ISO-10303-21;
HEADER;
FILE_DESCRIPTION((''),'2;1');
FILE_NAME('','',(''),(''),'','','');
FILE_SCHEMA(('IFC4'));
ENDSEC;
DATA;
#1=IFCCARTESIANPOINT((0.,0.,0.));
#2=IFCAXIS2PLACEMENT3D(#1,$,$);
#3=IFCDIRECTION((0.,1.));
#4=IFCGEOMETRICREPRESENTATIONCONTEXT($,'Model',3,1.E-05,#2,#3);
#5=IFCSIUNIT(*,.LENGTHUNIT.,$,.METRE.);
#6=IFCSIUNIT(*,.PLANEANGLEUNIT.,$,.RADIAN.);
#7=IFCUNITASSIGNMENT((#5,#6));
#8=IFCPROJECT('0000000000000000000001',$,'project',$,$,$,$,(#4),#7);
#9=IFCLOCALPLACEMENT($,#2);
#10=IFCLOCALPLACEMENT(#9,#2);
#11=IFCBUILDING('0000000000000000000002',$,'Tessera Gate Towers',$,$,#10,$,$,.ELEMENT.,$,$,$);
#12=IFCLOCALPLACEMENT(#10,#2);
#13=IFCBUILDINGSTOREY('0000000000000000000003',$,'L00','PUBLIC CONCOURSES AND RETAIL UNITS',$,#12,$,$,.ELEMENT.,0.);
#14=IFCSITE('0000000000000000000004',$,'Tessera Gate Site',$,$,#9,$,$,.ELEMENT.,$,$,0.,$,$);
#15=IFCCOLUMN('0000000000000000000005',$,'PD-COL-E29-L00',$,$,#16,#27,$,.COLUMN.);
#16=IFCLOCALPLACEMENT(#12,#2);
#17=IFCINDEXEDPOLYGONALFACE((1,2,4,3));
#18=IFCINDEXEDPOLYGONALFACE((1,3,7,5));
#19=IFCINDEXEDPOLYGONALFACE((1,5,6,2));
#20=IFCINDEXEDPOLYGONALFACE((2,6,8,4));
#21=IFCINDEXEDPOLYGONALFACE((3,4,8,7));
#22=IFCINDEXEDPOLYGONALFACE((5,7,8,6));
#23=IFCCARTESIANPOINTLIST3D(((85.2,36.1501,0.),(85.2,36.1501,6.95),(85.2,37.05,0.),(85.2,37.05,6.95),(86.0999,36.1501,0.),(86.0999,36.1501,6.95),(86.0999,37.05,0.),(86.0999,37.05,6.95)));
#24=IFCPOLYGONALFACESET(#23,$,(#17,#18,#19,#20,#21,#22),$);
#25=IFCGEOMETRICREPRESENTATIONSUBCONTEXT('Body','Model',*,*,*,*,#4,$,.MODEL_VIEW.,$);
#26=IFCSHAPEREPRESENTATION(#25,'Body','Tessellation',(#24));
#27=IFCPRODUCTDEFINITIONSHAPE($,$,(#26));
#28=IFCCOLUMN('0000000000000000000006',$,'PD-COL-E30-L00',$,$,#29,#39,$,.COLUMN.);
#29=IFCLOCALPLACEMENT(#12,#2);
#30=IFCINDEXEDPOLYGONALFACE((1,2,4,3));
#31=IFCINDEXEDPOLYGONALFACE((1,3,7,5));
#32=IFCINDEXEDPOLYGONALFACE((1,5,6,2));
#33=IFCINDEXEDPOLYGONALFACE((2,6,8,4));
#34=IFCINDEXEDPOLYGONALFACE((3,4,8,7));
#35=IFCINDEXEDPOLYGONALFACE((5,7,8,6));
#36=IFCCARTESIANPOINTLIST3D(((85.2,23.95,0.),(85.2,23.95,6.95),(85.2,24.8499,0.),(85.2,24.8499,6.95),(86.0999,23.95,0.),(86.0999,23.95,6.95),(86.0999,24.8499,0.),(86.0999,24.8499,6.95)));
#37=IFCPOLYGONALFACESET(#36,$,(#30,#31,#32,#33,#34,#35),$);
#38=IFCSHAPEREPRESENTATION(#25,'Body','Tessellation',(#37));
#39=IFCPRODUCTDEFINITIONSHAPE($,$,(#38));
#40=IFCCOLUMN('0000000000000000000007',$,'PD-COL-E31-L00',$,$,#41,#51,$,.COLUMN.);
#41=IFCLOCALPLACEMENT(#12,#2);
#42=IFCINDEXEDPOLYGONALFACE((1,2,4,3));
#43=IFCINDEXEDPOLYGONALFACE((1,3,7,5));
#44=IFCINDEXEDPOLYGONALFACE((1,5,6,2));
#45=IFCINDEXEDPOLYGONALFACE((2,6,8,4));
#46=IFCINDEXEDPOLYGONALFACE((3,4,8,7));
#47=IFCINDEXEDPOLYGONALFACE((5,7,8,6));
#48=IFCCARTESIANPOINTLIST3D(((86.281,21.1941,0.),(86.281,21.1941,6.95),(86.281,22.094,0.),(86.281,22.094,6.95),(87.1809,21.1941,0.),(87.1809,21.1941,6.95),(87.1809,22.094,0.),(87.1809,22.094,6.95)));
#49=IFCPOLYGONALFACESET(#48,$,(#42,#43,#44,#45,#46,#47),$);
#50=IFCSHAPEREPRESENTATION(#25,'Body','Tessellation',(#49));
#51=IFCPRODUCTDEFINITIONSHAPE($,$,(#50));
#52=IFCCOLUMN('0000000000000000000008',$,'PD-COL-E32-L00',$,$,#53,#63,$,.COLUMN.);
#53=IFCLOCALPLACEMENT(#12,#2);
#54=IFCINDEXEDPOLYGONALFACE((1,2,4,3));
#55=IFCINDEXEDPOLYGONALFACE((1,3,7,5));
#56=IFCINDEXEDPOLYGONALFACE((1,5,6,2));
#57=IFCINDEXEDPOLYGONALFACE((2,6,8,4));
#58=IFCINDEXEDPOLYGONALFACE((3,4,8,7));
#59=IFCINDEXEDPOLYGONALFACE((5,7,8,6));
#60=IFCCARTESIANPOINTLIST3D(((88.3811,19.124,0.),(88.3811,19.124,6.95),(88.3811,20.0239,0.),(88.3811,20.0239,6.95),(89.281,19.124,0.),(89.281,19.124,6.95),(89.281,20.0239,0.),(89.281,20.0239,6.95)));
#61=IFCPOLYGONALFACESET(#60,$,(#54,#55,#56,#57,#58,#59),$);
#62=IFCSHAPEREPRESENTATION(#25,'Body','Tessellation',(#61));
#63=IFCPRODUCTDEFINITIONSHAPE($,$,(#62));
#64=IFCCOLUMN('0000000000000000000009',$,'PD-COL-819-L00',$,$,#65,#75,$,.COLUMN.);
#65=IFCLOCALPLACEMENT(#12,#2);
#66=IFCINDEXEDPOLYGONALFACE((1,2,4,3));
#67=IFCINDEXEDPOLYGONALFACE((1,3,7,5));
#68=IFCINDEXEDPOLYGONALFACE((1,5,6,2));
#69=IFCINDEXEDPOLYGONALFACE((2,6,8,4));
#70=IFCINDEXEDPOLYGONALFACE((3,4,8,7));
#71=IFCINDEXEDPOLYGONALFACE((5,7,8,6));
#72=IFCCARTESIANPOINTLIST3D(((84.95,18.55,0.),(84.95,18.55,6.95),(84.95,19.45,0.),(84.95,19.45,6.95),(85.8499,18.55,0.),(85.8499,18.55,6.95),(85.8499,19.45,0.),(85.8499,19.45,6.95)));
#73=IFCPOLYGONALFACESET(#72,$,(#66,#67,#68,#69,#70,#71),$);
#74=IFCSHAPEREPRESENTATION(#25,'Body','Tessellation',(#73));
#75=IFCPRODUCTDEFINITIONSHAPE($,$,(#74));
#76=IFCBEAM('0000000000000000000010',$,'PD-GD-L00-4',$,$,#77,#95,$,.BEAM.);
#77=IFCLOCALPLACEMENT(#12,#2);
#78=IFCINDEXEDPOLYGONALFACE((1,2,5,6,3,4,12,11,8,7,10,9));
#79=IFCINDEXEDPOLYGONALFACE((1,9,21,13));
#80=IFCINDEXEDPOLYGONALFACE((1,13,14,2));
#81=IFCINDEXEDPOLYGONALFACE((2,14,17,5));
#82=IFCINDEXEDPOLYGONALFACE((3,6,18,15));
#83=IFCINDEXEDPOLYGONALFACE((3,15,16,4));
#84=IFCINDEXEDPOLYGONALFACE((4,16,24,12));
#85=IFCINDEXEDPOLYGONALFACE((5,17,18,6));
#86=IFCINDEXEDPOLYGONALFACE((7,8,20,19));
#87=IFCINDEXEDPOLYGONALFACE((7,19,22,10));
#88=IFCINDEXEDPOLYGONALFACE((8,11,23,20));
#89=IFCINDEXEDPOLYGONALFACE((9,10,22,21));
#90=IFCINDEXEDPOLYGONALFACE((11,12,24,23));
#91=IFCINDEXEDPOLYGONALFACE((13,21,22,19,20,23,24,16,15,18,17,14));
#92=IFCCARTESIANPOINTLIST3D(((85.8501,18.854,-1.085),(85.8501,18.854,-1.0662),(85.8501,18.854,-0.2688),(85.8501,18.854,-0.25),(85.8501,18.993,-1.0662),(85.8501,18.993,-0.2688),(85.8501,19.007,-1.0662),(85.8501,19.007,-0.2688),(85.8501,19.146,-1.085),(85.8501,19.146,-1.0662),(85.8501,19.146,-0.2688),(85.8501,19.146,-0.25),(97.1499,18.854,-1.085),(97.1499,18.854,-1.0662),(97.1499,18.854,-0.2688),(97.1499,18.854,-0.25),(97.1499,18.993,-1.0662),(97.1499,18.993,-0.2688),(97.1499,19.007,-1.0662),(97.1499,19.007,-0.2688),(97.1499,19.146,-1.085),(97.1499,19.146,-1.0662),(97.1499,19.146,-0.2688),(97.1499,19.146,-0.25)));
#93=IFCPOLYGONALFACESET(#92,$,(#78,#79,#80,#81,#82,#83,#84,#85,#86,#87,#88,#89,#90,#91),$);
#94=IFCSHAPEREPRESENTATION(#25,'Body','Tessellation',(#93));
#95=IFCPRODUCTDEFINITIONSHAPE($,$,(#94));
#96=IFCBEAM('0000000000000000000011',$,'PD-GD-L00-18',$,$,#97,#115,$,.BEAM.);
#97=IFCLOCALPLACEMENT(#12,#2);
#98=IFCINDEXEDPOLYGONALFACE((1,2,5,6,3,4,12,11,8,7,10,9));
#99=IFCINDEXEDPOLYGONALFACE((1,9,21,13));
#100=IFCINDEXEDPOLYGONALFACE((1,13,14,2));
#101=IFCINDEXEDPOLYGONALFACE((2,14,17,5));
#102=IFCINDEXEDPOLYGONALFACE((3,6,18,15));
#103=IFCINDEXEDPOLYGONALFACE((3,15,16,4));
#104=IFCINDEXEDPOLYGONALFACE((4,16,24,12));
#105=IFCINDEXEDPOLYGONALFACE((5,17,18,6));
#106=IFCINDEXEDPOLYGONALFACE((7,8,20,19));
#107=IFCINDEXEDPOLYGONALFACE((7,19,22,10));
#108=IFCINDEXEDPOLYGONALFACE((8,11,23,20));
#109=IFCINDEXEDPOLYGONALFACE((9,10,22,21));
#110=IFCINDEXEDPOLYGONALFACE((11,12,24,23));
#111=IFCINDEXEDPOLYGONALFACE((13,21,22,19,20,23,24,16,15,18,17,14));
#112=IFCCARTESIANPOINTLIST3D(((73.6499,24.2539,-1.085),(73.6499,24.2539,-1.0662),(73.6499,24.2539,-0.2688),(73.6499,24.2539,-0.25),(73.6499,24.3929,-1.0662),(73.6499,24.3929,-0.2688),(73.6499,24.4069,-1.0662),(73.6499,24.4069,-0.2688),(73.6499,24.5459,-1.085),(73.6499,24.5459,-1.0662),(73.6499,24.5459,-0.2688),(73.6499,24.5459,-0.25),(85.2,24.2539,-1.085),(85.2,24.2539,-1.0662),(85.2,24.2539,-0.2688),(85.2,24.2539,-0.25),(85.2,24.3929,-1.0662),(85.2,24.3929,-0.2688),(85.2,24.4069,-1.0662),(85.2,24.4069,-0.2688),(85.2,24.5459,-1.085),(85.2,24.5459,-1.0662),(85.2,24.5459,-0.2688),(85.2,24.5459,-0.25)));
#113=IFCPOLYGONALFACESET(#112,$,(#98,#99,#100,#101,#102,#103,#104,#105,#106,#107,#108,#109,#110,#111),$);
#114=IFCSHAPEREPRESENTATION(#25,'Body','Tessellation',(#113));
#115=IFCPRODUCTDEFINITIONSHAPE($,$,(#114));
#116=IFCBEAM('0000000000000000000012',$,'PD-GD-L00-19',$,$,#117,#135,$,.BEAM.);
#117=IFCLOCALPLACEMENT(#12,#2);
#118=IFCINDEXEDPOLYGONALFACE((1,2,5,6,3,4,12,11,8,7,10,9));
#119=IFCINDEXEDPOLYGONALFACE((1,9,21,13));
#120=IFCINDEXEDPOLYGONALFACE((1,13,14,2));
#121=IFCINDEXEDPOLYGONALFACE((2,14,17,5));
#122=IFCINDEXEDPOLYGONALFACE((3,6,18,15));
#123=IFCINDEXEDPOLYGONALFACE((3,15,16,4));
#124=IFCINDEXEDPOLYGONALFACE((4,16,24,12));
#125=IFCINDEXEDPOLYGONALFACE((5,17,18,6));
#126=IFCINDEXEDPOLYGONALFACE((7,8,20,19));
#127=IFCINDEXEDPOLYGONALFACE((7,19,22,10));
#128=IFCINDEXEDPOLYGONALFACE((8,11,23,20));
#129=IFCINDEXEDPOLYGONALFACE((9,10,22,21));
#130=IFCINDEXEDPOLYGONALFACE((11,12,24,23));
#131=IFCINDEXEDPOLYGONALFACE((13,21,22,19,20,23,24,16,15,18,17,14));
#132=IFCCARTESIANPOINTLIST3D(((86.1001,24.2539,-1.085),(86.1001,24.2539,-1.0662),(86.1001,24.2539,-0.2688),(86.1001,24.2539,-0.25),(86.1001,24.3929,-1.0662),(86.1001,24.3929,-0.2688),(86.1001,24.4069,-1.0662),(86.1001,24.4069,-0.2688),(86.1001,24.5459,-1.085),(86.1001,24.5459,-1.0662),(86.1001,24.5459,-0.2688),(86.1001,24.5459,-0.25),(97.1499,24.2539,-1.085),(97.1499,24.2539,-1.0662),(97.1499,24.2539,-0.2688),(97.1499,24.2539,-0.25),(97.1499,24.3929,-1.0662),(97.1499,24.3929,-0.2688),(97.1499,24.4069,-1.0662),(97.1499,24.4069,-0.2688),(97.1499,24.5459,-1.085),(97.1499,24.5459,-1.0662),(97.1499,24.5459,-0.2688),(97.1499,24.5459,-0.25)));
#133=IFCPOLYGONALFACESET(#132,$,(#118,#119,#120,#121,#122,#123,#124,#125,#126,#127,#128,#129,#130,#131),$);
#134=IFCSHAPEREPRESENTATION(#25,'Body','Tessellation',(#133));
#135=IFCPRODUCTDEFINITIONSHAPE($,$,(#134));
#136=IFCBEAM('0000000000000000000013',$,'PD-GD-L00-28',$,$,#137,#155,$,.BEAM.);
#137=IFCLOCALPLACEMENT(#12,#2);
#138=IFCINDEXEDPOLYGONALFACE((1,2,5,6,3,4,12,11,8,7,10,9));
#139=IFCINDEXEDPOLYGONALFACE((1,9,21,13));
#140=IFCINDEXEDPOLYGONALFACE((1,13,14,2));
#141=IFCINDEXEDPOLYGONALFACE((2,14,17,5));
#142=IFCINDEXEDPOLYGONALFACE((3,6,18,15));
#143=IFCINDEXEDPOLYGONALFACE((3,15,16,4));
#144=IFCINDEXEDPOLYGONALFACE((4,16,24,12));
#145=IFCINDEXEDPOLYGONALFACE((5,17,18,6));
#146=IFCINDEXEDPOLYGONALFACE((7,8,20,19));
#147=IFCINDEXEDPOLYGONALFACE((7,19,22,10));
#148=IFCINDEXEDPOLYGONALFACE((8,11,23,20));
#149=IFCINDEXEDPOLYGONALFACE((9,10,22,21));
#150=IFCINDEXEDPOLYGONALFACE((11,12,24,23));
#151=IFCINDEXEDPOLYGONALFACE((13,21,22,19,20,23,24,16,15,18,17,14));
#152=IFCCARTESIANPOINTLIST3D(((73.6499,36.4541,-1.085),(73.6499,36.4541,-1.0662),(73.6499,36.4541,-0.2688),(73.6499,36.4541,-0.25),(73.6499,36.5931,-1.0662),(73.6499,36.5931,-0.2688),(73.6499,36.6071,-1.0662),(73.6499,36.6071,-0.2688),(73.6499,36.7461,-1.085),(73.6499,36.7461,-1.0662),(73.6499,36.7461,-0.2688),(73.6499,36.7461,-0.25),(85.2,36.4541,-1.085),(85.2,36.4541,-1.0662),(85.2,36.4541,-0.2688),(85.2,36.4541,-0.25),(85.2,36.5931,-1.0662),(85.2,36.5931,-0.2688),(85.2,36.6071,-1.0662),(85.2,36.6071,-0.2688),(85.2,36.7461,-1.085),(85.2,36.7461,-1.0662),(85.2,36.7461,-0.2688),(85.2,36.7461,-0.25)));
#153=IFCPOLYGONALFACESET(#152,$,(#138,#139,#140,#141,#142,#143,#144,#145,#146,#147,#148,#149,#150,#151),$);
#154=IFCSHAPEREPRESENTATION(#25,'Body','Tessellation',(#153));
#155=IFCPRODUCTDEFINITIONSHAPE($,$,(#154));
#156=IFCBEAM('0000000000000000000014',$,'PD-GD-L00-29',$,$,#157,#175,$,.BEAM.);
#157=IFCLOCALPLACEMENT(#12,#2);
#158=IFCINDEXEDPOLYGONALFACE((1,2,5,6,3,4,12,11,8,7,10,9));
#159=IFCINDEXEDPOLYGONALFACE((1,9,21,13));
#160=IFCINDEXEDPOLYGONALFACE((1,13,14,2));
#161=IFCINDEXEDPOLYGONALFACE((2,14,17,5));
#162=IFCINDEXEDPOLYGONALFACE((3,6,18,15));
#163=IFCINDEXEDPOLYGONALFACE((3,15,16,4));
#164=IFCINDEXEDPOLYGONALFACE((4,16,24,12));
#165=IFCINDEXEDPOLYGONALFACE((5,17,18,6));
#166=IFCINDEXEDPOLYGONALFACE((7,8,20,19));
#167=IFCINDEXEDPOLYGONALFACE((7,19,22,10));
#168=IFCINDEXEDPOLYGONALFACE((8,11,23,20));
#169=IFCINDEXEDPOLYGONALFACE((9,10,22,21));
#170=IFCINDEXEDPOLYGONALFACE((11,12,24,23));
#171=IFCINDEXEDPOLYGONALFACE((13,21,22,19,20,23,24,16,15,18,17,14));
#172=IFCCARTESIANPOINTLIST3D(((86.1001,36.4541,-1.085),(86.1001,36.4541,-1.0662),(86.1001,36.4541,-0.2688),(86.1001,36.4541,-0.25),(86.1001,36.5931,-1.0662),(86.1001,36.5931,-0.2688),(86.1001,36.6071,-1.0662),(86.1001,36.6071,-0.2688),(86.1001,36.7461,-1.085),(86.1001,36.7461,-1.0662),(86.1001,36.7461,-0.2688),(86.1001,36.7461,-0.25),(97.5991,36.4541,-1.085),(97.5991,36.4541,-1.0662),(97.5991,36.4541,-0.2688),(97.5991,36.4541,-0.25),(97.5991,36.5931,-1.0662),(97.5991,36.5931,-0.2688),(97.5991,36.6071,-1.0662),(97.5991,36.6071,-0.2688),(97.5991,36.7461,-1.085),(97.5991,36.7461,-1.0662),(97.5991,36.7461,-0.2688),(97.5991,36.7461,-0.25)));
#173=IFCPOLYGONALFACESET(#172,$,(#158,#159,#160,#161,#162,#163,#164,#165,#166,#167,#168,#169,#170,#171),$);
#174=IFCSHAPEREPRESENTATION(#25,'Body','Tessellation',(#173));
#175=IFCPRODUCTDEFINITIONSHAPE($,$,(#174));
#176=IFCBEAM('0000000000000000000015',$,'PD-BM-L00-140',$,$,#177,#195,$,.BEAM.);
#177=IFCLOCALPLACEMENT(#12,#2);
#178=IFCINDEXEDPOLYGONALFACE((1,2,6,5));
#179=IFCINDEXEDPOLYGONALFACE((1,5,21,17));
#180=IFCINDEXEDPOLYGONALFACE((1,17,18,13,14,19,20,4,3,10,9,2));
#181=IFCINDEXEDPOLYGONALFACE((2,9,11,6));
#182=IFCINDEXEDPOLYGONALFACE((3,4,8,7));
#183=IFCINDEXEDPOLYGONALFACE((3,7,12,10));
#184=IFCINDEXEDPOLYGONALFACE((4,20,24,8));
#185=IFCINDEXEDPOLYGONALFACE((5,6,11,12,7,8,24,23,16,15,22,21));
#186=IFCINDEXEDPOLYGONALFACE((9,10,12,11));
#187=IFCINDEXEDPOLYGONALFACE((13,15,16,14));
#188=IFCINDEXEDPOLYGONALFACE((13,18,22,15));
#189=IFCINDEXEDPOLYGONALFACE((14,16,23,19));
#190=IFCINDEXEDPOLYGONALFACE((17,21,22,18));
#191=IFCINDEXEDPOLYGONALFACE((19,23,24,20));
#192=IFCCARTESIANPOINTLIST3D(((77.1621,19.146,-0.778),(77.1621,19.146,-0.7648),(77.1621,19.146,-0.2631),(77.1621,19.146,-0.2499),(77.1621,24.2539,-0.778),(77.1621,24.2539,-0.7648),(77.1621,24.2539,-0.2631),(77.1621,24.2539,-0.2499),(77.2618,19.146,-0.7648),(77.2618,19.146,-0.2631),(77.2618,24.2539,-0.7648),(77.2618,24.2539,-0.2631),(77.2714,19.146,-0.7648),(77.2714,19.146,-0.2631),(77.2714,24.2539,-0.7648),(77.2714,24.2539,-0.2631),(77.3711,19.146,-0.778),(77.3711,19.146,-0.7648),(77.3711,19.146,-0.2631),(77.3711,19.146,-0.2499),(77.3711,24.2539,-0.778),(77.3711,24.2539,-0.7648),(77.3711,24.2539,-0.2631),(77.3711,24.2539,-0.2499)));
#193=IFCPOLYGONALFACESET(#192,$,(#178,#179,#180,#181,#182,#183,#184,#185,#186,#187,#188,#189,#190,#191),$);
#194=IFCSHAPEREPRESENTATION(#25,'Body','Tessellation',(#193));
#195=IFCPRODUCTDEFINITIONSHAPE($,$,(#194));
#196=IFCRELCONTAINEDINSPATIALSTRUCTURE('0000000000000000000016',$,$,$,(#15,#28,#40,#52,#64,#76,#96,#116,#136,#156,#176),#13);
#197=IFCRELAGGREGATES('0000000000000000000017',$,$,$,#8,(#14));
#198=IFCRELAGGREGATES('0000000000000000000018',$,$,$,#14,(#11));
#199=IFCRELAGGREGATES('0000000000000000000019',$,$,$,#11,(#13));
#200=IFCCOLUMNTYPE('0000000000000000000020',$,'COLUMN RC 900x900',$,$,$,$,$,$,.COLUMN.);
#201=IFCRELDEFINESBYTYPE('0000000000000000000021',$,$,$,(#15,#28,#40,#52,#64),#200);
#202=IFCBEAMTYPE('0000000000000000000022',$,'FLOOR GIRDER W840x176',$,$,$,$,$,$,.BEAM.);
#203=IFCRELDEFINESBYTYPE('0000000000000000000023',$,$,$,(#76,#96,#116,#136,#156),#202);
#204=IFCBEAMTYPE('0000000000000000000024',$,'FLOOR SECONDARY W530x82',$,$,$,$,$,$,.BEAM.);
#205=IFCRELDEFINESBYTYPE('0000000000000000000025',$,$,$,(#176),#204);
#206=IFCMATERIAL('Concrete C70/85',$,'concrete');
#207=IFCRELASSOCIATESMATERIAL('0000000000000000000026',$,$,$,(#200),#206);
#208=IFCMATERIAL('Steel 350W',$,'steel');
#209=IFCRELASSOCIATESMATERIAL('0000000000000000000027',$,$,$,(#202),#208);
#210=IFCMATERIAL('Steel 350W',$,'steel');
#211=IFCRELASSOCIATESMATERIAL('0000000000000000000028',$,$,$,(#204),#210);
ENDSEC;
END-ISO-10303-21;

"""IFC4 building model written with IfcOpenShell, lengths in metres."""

from ifc_helpers import new_model, si_unit, direction, frame, origin, origin_2d, place, context, subcontext, project, spatial, rectangle, i_section, extrude, material, material_profile, profile_set, type_object, element, save


model = new_model("IFC4")

# Units and contexts
model_context = context("Model", 3, precision=1e-05, world=origin(), true_north=direction((0.0, 1.0)))
body_context = subcontext(model_context, "Body", "Model", "MODEL_VIEW")
ifc_project = project(units=[si_unit("LENGTHUNIT", "METRE"), si_unit("PLANEANGLEUNIT", "RADIAN")], contexts=[model_context])

# Site, building, storey
site_placement = place(None, origin())
site = spatial("IfcSite", under=ifc_project, at=site_placement, Name="Tessera Gate Site", CompositionType="ELEMENT", RefElevation=0.0)
building_placement = place(site_placement, origin())
building = spatial("IfcBuilding", under=site, at=building_placement, Name="Tessera Gate Towers", CompositionType="ELEMENT")
storey_placement = place(building_placement, origin())
storey = spatial("IfcBuildingStorey", under=building, at=storey_placement, Name="L00", Description="PUBLIC CONCOURSES AND RETAIL UNITS", CompositionType="ELEMENT", Elevation=0.0)

# Columns
ifc_material_1 = material(Name="Concrete C70/85", Category="concrete")
ifc_material_profile_1 = material_profile(ifc_material_1, rectangle(XDim=0.8999, YDim=0.8999, at=origin_2d()), Name="RC 900x900")
ifc_profile_set_1 = profile_set([ifc_material_profile_1], Name="Concrete C70/85")
column_type = type_object("IfcColumnType", Name="COLUMN RC 900x900", PredefinedType="COLUMN", material=ifc_profile_set_1)
for number, where, z_axis, x_axis, name in (
    (1, (85.6499, 36.6001, 0.0), (0.0, 0.0, 1.0), (1.0, 0.0, 0.0), "PD-COL-E29-L00"),
    (2, (85.6499, 24.3999, 0.0), (0.0, 0.0, 1.0), (1.0, 0.0, 0.0), "PD-COL-E30-L00"),
    (3, (86.731, 21.644, 0.0), (0.0, 0.0, 1.0), (1.0, 0.0, 0.0), "PD-COL-E31-L00"),
    (4, (88.8311, 19.574, 0.0), (0.0, 0.0, 1.0), (1.0, 0.0, 0.0), "PD-COL-E32-L00"),
    (5, (85.3999, 19.0, 0.0), (0.0, 0.0, 1.0), (1.0, 0.0, 0.0), "PD-COL-819-L00"),
):
    element("IfcColumn", number, at=place(storey_placement, frame(where, z_axis=z_axis, x_axis=x_axis)), inside=storey, type_object=column_type, Name=name, PredefinedType="COLUMN", context=body_context, shape_type="SweptSolid", body=[
        extrude(rectangle(XDim=0.8999, YDim=0.8999, at=origin_2d()), origin(), (0.0, 0.0, 1.0), 6.95),
    ])

# Beams
ifc_material_2 = material(Name="Steel 350W", Category="steel")
ifc_material_profile_2 = material_profile(ifc_material_2, i_section(OverallWidth=0.292, OverallDepth=0.835, WebThickness=0.0139, FlangeThickness=0.0188, at=origin_2d()), Name="W840x176")
ifc_profile_set_2 = profile_set([ifc_material_profile_2], Name="Steel 350W")
beam_type_1 = type_object("IfcBeamType", Name="FLOOR GIRDER W840x176", PredefinedType="BEAM", material=ifc_profile_set_2)
beam_1_placement = place(storey_placement, frame((85.8501, 19.0, -0.6675), z_axis=(1.0, 0.0, 0.0), x_axis=(0.0, 1.0, 0.0)))
element("IfcBeam", 6, at=beam_1_placement, inside=storey, type_object=beam_type_1, Name="PD-GD-L00-4", PredefinedType="BEAM", context=body_context, shape_type="SweptSolid", body=[
    extrude(i_section(OverallWidth=0.292, OverallDepth=0.835, WebThickness=0.0139, FlangeThickness=0.0188, at=origin_2d()), origin(), (0.0, 0.0, 1.0), 11.2998),
])
beam_2_placement = place(storey_placement, frame((73.6499, 24.3999, -0.6675), z_axis=(1.0, 0.0, 0.0), x_axis=(0.0, 1.0, 0.0)))
element("IfcBeam", 7, at=beam_2_placement, inside=storey, type_object=beam_type_1, Name="PD-GD-L00-18", PredefinedType="BEAM", context=body_context, shape_type="SweptSolid", body=[
    extrude(i_section(OverallWidth=0.292, OverallDepth=0.835, WebThickness=0.0139, FlangeThickness=0.0188, at=origin_2d()), origin(), (0.0, 0.0, 1.0), 11.55),
])
beam_3_placement = place(storey_placement, frame((86.1001, 24.3999, -0.6675), z_axis=(1.0, 0.0, 0.0), x_axis=(0.0, 1.0, 0.0)))
element("IfcBeam", 8, at=beam_3_placement, inside=storey, type_object=beam_type_1, Name="PD-GD-L00-19", PredefinedType="BEAM", context=body_context, shape_type="SweptSolid", body=[
    extrude(i_section(OverallWidth=0.292, OverallDepth=0.835, WebThickness=0.0139, FlangeThickness=0.0188, at=origin_2d()), origin(), (0.0, 0.0, 1.0), 11.0498),
])
beam_4_placement = place(storey_placement, frame((73.6499, 36.6001, -0.6675), z_axis=(1.0, 0.0, 0.0), x_axis=(0.0, 1.0, 0.0)))
element("IfcBeam", 9, at=beam_4_placement, inside=storey, type_object=beam_type_1, Name="PD-GD-L00-28", PredefinedType="BEAM", context=body_context, shape_type="SweptSolid", body=[
    extrude(i_section(OverallWidth=0.292, OverallDepth=0.835, WebThickness=0.0139, FlangeThickness=0.0188, at=origin_2d()), origin(), (0.0, 0.0, 1.0), 11.55),
])
beam_5_placement = place(storey_placement, frame((86.1001, 36.6001, -0.6675), z_axis=(1.0, 0.0, 0.0), x_axis=(0.0, 1.0, 0.0)))
element("IfcBeam", 10, at=beam_5_placement, inside=storey, type_object=beam_type_1, Name="PD-GD-L00-29", PredefinedType="BEAM", context=body_context, shape_type="SweptSolid", body=[
    extrude(i_section(OverallWidth=0.292, OverallDepth=0.835, WebThickness=0.0139, FlangeThickness=0.0188, at=origin_2d()), origin(), (0.0, 0.0, 1.0), 11.499),
])
ifc_material_3 = material(Name="Steel 350W", Category="steel")
ifc_material_profile_3 = material_profile(ifc_material_3, i_section(OverallWidth=0.209, OverallDepth=0.5281, WebThickness=0.0095, FlangeThickness=0.0132, at=origin_2d()), Name="W530x82")
ifc_profile_set_3 = profile_set([ifc_material_profile_3], Name="Steel 350W")
beam_type_2 = type_object("IfcBeamType", Name="FLOOR SECONDARY W530x82", PredefinedType="BEAM", material=ifc_profile_set_3)
beam_6_placement = place(storey_placement, frame((77.2666, 19.146, -0.5139), z_axis=(0.0, 1.0, 0.0), x_axis=(-1.0, 0.0, 0.0)))
element("IfcBeam", 11, at=beam_6_placement, inside=storey, type_object=beam_type_2, Name="PD-BM-L00-140", PredefinedType="BEAM", context=body_context, shape_type="SweptSolid", body=[
    extrude(i_section(OverallWidth=0.209, OverallDepth=0.5281, WebThickness=0.0095, FlangeThickness=0.0132, at=origin_2d()), origin(), (0.0, 0.0, 1.0), 5.1079),
])

save(model, "model.ifc")
